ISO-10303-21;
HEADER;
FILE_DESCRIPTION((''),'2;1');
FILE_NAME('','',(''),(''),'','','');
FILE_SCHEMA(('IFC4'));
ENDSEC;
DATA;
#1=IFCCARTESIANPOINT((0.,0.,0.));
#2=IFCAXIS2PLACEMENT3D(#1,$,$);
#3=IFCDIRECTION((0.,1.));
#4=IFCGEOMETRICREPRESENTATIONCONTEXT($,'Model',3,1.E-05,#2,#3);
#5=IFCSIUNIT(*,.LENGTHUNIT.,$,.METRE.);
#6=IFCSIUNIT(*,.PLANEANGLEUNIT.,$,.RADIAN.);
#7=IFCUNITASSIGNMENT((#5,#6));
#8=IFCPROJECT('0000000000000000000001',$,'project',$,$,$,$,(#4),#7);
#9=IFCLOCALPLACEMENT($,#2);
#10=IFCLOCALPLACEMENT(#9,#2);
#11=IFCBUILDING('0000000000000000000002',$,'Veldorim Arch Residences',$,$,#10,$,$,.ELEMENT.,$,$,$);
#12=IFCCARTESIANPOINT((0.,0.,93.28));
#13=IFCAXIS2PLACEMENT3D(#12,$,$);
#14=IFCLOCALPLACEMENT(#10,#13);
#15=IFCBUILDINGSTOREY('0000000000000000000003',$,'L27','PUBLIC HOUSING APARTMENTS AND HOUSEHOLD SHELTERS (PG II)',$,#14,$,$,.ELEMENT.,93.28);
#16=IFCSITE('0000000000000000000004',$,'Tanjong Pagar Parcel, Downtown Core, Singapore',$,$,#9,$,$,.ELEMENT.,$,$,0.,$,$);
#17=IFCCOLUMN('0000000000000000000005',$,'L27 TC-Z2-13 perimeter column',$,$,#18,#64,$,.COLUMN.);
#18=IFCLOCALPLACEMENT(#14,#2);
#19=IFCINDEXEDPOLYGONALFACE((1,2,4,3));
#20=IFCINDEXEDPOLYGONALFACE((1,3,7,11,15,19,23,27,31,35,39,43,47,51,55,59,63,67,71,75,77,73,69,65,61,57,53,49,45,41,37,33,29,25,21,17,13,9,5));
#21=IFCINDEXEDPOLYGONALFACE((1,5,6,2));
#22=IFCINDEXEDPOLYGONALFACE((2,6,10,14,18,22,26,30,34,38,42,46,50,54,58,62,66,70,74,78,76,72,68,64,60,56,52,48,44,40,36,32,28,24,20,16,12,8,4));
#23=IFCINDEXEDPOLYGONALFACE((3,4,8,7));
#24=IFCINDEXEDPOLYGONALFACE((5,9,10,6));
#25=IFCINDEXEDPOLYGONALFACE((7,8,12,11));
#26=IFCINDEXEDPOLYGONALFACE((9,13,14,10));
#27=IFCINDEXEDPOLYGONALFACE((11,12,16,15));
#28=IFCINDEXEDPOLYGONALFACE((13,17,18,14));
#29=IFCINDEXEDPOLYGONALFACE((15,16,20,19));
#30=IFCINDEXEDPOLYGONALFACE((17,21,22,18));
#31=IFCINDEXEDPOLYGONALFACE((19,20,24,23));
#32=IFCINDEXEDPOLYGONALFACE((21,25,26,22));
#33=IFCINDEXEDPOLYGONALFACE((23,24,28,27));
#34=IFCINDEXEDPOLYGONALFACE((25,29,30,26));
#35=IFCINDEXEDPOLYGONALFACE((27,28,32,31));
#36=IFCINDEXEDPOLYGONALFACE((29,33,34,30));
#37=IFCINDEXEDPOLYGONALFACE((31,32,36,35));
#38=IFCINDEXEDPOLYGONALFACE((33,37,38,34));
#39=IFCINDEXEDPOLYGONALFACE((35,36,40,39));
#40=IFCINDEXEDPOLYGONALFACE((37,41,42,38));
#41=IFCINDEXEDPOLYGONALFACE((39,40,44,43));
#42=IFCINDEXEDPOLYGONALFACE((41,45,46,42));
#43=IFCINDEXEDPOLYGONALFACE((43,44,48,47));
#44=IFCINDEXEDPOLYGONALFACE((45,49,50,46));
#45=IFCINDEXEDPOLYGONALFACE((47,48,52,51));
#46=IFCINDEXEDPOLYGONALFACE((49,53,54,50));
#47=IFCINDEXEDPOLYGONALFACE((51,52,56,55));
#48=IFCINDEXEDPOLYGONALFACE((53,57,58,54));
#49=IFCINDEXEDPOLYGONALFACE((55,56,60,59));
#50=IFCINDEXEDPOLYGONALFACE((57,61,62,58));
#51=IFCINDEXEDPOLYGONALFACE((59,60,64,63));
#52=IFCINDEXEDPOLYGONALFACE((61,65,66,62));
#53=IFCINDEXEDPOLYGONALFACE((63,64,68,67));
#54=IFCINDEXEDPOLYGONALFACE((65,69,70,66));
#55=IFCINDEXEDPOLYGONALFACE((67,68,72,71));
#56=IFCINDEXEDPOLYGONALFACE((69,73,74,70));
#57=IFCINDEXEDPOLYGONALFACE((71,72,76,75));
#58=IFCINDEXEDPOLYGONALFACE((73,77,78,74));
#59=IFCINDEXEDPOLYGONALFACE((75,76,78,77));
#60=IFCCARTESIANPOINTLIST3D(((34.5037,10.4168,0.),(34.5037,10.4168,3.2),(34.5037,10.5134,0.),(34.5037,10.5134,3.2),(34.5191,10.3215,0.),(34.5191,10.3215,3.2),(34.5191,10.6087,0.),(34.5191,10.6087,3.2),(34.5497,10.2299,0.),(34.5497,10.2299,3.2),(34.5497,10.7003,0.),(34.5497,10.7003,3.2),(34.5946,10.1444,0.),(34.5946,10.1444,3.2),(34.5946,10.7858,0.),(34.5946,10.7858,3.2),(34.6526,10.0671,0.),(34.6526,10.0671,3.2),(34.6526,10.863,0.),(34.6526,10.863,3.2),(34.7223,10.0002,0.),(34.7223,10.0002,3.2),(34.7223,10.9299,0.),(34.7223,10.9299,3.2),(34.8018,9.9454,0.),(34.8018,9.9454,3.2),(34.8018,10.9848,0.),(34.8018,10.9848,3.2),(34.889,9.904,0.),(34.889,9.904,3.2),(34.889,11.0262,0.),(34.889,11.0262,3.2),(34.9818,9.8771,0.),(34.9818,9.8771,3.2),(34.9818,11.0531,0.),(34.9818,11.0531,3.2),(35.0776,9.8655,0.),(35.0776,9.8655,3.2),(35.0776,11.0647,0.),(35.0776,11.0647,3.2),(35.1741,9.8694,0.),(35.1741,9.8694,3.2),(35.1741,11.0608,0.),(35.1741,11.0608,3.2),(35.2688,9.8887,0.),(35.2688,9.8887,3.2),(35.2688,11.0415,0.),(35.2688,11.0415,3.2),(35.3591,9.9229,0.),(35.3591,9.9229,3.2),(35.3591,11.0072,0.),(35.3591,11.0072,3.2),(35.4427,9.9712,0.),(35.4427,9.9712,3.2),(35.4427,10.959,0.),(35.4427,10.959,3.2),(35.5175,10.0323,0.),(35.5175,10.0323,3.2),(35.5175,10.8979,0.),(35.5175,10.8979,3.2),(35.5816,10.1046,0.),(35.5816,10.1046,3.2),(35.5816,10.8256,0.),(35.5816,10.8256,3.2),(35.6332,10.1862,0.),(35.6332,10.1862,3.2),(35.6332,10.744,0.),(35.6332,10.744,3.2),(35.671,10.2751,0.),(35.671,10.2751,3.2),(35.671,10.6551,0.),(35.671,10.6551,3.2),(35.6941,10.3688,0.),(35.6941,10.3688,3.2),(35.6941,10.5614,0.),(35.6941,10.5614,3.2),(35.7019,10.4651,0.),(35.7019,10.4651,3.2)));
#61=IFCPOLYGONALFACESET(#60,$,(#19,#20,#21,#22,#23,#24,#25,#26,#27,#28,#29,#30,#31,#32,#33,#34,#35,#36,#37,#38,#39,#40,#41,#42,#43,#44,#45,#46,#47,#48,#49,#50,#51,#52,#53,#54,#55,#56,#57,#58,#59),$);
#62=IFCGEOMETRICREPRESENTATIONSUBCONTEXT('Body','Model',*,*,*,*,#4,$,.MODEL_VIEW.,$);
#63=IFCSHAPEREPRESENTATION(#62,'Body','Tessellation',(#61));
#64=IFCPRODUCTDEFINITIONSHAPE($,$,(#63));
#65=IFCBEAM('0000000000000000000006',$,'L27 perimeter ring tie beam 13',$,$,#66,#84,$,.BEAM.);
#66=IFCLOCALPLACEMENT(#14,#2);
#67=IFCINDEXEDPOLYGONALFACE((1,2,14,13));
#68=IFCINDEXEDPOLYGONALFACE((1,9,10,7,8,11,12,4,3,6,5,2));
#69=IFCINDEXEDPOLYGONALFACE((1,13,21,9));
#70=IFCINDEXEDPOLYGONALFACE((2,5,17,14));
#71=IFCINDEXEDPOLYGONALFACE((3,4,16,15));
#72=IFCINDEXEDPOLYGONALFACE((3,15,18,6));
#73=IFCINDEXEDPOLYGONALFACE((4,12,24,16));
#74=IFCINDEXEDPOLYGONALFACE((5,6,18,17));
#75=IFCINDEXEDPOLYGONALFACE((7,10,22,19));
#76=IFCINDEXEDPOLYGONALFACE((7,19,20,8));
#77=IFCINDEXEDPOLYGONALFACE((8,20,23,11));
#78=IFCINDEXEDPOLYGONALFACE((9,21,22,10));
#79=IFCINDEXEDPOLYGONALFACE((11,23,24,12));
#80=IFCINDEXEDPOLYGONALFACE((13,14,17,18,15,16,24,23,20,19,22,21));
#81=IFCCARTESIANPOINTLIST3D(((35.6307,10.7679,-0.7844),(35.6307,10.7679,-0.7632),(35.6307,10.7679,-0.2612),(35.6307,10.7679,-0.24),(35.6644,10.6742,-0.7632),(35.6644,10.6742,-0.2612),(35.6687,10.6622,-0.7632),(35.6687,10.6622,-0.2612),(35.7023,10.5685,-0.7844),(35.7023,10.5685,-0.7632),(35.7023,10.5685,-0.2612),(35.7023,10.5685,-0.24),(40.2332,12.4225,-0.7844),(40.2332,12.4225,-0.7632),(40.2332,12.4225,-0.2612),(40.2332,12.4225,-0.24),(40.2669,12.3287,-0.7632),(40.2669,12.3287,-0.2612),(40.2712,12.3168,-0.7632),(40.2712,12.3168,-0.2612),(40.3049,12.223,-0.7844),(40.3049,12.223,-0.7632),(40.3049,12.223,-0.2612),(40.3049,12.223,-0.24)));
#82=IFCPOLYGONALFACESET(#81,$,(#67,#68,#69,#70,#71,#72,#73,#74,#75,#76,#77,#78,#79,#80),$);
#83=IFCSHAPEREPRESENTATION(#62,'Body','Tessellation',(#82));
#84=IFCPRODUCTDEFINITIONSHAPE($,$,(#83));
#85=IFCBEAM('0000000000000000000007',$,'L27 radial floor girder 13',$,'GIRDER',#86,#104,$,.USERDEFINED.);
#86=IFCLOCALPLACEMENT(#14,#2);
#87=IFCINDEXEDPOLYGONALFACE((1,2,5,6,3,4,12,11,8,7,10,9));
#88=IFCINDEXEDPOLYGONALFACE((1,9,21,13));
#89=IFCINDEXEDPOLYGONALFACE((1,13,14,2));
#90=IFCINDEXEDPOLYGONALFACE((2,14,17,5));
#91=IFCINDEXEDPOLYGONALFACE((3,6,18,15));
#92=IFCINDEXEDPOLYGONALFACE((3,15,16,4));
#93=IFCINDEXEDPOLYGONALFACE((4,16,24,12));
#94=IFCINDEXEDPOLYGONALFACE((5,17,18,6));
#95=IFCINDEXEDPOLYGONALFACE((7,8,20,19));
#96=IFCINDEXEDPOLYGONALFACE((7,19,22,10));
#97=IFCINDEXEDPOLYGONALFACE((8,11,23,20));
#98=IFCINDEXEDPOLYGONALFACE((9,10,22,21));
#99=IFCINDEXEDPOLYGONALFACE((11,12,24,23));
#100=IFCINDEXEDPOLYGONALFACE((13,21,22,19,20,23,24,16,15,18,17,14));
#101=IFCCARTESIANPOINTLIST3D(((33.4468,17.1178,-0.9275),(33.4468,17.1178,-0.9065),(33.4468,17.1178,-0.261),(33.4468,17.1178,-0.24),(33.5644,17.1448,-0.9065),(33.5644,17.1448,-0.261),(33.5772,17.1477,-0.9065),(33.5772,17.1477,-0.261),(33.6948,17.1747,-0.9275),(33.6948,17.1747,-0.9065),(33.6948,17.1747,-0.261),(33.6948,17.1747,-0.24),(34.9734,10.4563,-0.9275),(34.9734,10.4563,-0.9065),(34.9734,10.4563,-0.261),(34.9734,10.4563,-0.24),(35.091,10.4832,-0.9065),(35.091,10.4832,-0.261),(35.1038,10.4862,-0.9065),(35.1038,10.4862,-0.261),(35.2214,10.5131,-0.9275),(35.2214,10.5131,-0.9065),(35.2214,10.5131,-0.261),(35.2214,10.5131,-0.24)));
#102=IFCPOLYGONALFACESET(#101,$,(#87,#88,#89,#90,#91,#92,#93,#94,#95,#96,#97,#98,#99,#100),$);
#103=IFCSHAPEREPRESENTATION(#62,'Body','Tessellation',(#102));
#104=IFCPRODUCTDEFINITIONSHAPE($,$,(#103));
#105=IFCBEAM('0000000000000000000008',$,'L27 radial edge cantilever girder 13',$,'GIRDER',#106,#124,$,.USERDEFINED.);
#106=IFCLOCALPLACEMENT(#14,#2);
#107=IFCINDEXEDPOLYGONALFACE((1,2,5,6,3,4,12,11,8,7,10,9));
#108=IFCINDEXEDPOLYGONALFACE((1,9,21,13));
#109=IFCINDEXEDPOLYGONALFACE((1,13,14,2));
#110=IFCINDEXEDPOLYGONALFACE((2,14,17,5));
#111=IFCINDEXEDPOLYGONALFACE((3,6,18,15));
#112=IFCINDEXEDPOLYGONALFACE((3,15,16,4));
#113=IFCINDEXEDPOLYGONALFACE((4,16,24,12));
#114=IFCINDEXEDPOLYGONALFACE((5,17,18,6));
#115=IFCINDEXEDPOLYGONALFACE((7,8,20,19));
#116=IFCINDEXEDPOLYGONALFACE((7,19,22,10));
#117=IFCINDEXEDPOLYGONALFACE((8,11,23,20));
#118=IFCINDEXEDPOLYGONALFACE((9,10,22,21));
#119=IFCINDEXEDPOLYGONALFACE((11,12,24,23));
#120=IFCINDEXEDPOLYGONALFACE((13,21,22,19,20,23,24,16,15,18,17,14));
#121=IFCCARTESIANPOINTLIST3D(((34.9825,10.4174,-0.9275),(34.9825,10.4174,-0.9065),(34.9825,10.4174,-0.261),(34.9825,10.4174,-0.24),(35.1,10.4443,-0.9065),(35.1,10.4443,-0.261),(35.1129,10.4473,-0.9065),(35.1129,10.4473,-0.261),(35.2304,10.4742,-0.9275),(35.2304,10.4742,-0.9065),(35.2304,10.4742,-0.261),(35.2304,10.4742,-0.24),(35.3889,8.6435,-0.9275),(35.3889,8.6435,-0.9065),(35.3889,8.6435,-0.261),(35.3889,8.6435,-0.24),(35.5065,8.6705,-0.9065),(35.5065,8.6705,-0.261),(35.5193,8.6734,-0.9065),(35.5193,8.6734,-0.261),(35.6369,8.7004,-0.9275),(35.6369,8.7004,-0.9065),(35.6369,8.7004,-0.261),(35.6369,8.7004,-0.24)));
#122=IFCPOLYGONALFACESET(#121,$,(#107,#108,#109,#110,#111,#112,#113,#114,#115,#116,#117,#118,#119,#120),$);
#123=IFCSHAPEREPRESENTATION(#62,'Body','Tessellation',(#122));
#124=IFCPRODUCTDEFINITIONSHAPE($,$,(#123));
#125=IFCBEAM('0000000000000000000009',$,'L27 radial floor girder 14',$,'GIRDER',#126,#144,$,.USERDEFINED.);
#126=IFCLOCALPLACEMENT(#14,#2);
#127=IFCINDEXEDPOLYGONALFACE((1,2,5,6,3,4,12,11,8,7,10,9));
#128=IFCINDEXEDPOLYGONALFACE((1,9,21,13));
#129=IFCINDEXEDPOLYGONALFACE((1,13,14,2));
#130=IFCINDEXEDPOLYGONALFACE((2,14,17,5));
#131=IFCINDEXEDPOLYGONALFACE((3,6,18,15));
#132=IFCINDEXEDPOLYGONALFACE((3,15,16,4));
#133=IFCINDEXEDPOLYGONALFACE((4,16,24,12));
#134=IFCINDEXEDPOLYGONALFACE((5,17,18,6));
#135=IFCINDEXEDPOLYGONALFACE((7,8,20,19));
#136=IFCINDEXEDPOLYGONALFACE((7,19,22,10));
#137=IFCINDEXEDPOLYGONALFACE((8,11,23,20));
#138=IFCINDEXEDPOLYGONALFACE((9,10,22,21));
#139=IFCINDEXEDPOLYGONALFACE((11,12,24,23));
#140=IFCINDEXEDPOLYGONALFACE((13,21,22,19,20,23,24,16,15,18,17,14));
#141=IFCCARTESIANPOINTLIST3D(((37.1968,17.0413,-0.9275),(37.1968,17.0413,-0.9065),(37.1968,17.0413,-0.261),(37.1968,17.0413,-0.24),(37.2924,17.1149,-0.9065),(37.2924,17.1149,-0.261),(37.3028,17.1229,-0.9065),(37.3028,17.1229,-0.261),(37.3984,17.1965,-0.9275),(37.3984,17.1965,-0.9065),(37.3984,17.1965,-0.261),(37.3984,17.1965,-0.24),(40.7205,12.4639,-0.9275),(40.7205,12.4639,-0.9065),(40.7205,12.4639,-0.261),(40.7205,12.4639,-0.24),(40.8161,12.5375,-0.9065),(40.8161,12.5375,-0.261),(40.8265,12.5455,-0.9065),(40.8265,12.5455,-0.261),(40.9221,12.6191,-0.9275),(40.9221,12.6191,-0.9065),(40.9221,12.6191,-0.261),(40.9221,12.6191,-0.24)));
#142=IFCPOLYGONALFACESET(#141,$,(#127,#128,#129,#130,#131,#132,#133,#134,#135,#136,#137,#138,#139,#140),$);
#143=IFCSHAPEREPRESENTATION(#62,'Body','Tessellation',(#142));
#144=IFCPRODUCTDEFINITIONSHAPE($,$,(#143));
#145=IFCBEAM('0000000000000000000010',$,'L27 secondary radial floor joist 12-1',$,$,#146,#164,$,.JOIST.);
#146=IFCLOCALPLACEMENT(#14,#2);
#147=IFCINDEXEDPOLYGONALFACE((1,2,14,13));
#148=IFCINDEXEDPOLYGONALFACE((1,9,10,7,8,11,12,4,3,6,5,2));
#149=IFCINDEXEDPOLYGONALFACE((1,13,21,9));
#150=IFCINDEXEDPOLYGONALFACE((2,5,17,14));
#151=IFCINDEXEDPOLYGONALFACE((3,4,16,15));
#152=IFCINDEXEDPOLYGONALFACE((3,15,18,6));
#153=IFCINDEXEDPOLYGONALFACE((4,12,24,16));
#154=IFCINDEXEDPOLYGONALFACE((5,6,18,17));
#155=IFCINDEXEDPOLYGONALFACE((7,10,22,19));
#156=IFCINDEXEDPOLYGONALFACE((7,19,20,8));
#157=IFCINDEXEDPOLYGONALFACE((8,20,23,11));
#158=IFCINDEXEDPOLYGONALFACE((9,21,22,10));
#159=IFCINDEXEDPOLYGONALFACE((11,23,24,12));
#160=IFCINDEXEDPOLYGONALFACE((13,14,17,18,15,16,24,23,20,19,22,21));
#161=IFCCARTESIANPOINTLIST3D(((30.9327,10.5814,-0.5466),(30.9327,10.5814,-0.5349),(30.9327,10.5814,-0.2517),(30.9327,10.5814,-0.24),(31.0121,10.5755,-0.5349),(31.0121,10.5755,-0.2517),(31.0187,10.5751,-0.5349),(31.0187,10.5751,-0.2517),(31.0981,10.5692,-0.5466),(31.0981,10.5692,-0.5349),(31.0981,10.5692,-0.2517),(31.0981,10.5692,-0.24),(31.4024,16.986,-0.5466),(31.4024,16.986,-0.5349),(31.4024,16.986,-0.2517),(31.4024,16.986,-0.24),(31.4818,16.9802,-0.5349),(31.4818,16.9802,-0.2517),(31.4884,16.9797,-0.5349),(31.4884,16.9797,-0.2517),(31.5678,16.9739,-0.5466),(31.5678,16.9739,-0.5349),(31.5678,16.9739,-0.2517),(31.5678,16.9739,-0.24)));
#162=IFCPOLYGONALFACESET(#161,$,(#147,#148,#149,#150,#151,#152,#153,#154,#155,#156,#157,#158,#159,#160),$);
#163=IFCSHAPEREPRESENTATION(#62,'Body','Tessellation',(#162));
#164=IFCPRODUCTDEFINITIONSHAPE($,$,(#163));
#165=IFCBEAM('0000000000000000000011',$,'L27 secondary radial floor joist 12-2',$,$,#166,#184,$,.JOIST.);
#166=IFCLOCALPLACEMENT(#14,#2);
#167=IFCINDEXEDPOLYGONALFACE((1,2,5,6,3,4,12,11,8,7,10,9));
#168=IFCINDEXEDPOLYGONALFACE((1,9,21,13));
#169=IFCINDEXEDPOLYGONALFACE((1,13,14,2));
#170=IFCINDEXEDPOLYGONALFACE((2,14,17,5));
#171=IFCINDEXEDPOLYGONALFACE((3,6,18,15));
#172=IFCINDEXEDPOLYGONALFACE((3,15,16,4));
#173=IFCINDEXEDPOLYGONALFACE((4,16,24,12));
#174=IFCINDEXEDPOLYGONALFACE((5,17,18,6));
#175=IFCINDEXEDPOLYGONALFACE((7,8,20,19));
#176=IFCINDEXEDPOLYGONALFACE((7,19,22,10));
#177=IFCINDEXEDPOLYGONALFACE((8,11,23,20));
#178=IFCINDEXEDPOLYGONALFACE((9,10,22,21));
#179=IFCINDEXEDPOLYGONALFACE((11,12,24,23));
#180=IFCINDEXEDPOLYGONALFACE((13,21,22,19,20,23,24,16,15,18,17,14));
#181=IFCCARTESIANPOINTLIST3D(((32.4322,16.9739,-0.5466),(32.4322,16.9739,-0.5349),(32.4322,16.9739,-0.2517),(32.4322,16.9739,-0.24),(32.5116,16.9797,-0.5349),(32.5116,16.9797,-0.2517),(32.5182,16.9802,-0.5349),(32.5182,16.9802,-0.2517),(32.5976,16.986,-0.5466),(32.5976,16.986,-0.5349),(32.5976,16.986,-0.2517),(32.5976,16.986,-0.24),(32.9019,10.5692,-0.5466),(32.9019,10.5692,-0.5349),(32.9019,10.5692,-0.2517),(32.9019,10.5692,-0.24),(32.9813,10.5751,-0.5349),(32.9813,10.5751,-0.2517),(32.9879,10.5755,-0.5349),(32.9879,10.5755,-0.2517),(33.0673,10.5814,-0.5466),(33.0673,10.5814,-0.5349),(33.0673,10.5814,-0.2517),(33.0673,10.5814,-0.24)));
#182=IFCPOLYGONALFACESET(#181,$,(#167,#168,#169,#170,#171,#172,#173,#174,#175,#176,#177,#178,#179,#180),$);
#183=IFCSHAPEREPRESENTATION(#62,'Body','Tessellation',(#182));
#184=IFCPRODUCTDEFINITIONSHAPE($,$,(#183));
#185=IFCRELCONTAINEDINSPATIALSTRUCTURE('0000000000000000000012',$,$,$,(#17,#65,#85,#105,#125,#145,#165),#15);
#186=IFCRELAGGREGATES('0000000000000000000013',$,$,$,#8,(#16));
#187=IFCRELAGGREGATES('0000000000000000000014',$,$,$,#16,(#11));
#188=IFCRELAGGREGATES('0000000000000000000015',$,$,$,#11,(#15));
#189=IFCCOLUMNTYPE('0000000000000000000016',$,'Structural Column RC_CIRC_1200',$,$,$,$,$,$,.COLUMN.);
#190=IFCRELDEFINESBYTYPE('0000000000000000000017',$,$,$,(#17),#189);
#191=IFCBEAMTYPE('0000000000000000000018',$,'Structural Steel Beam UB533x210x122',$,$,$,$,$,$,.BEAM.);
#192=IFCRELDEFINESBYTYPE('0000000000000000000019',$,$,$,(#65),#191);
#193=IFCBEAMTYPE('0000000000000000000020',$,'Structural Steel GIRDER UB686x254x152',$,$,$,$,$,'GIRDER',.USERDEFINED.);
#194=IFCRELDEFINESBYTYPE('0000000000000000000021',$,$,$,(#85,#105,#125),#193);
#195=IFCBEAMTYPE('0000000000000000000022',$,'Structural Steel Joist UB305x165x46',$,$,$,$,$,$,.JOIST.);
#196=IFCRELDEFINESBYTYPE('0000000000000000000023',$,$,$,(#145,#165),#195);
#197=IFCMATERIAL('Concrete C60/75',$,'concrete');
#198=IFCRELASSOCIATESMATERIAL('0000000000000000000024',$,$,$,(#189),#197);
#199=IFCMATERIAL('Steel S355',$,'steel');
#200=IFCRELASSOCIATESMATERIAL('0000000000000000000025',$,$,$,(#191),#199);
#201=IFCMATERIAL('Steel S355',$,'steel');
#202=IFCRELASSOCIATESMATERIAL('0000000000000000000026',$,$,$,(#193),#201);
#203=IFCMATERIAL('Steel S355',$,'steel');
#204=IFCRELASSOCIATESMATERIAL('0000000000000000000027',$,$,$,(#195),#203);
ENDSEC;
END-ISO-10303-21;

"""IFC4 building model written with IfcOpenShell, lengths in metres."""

from ifc_helpers import new_model, si_unit, direction, frame, origin, origin_2d, place, context, subcontext, project, spatial, circle, i_section, extrude, material, material_profile, profile_set, type_object, element, save


model = new_model("IFC4")

# Units and contexts
model_context = context("Model", 3, precision=1e-05, world=origin(), true_north=direction((0.0, 1.0)))
body_context = subcontext(model_context, "Body", "Model", "MODEL_VIEW")
ifc_project = project(units=[si_unit("LENGTHUNIT", "METRE"), si_unit("PLANEANGLEUNIT", "RADIAN")], contexts=[model_context])

# Site, building, storey
site_placement = place(None, origin())
site = spatial("IfcSite", under=ifc_project, at=site_placement, Name="Tanjong Pagar Parcel, Downtown Core, Singapore", CompositionType="ELEMENT", RefElevation=0.0)
building_placement = place(site_placement, origin())
building = spatial("IfcBuilding", under=site, at=building_placement, Name="Veldorim Arch Residences", CompositionType="ELEMENT")
storey_placement = place(building_placement, frame((0.0, 0.0, 93.28)))
storey = spatial("IfcBuildingStorey", under=building, at=storey_placement, Name="L27", Description="PUBLIC HOUSING APARTMENTS AND HOUSEHOLD SHELTERS (PG II)", CompositionType="ELEMENT", Elevation=93.28)

# Column
ifc_material_1 = material(Name="Concrete C60/75", Category="concrete")
ifc_material_profile_1 = material_profile(ifc_material_1, circle(Radius=0.6001, at=origin_2d()), Name="RC_CIRC_1200")
ifc_profile_set_1 = profile_set([ifc_material_profile_1], Name="Concrete C60/75")
column_type = type_object("IfcColumnType", Name="Structural Column RC_CIRC_1200", PredefinedType="COLUMN", material=ifc_profile_set_1)
column_placement = place(storey_placement, frame((35.1018, 10.4651, 0.0), z_axis=(0.0, 0.0, 1.0), x_axis=(1.0, 0.0, 0.0)))
element("IfcColumn", 1, at=column_placement, inside=storey, type_object=column_type, Name="L27 TC-Z2-13 perimeter column", PredefinedType="COLUMN", context=body_context, shape_type="SweptSolid", body=[
    extrude(circle(Radius=0.6001, at=origin_2d()), origin(), (0.0, 0.0, 1.0), 3.2),
])

# Beams
ifc_material_2 = material(Name="Steel S355", Category="steel")
ifc_material_profile_2 = material_profile(ifc_material_2, i_section(OverallWidth=0.2119, OverallDepth=0.5444, WebThickness=0.0127, FlangeThickness=0.0212, at=origin_2d()), Name="UB533x210x122")
ifc_profile_set_2 = profile_set([ifc_material_profile_2], Name="Steel S355")
beam_type_1 = type_object("IfcBeamType", Name="Structural Steel Beam UB533x210x122", PredefinedType="BEAM", material=ifc_profile_set_2)
beam_1_placement = place(storey_placement, frame((35.6665, 10.6682, -0.5122), z_axis=(0.941042, 0.33829, 0.0), x_axis=(-0.33829, 0.941042, 0.0)))
element("IfcBeam", 2, at=beam_1_placement, inside=storey, type_object=beam_type_1, Name="L27 perimeter ring tie beam 13", PredefinedType="BEAM", context=body_context, shape_type="SweptSolid", body=[
    extrude(i_section(OverallWidth=0.2119, OverallDepth=0.5444, WebThickness=0.0127, FlangeThickness=0.0212, at=origin_2d()), origin(), (0.0, 0.0, 1.0), 4.8909),
])
ifc_material_3 = material(Name="Steel S355", Category="steel")
ifc_material_profile_3 = material_profile(ifc_material_3, i_section(OverallWidth=0.2544, OverallDepth=0.6875, WebThickness=0.0132, FlangeThickness=0.021, at=origin_2d()), Name="UB686x254x152")
ifc_profile_set_3 = profile_set([ifc_material_profile_3], Name="Steel S355")
beam_type_2 = type_object("IfcBeamType", Name="Structural Steel GIRDER UB686x254x152", ElementType="GIRDER", PredefinedType="USERDEFINED", material=ifc_profile_set_3)
beam_2_placement = place(storey_placement, frame((33.5708, 17.1462, -0.5837), z_axis=(0.223375, -0.974733, 0.0), x_axis=(0.974733, 0.223375, 0.0)))
element("IfcBeam", 3, at=beam_2_placement, inside=storey, type_object=beam_type_2, Name="L27 radial floor girder 13", ObjectType="GIRDER", PredefinedType="USERDEFINED", context=body_context, shape_type="SweptSolid", body=[
    extrude(i_section(OverallWidth=0.2544, OverallDepth=0.6875, WebThickness=0.0132, FlangeThickness=0.021, at=origin_2d()), origin(), (0.0, 0.0, 1.0), 6.8342),
])
beam_3_placement = place(storey_placement, frame((35.1064, 10.4458, -0.5837), z_axis=(0.22336, -0.974736, 0.0), x_axis=(0.974736, 0.22336, 0.0)))
element("IfcBeam", 4, at=beam_3_placement, inside=storey, type_object=beam_type_2, Name="L27 radial edge cantilever girder 13", ObjectType="GIRDER", PredefinedType="USERDEFINED", context=body_context, shape_type="SweptSolid", body=[
    extrude(i_section(OverallWidth=0.2544, OverallDepth=0.6875, WebThickness=0.0132, FlangeThickness=0.021, at=origin_2d()), origin(), (0.0, 0.0, 1.0), 1.8198),
])
beam_4_placement = place(storey_placement, frame((37.2976, 17.1189, -0.5837), z_axis=(0.609995, -0.792406, 0.0), x_axis=(0.792406, 0.609995, 0.0)))
element("IfcBeam", 5, at=beam_4_placement, inside=storey, type_object=beam_type_2, Name="L27 radial floor girder 14", ObjectType="GIRDER", PredefinedType="USERDEFINED", context=body_context, shape_type="SweptSolid", body=[
    extrude(i_section(OverallWidth=0.2544, OverallDepth=0.6875, WebThickness=0.0132, FlangeThickness=0.021, at=origin_2d()), origin(), (0.0, 0.0, 1.0), 5.7766),
])
ifc_material_4 = material(Name="Steel S355", Category="steel")
ifc_material_profile_4 = material_profile(ifc_material_4, i_section(OverallWidth=0.1658, OverallDepth=0.3066, WebThickness=0.0066, FlangeThickness=0.0117, at=origin_2d()), Name="UB305x165x46")
ifc_profile_set_4 = profile_set([ifc_material_profile_4], Name="Steel S355")
beam_type_3 = type_object("IfcBeamType", Name="Structural Steel Joist UB305x165x46", PredefinedType="JOIST", material=ifc_profile_set_4)
for number, where, z_axis, x_axis, name in (
    (6, (31.4851, 16.98, -0.3933), (-0.073143, -0.997321, 0.0), (0.997321, -0.073143, 0.0), "L27 secondary radial floor joist 12-1"),
    (7, (32.5149, 16.98, -0.3933), (0.073143, -0.997321, 0.0), (0.997321, 0.073143, 0.0), "L27 secondary radial floor joist 12-2"),
):
    element("IfcBeam", number, at=place(storey_placement, frame(where, z_axis=z_axis, x_axis=x_axis)), inside=storey, type_object=beam_type_3, Name=name, PredefinedType="JOIST", context=body_context, shape_type="SweptSolid", body=[
        extrude(i_section(OverallWidth=0.1658, OverallDepth=0.3066, WebThickness=0.0066, FlangeThickness=0.0117, at=origin_2d()), origin(), (0.0, 0.0, 1.0), 6.4219),
    ])

save(model, "model.ifc")
